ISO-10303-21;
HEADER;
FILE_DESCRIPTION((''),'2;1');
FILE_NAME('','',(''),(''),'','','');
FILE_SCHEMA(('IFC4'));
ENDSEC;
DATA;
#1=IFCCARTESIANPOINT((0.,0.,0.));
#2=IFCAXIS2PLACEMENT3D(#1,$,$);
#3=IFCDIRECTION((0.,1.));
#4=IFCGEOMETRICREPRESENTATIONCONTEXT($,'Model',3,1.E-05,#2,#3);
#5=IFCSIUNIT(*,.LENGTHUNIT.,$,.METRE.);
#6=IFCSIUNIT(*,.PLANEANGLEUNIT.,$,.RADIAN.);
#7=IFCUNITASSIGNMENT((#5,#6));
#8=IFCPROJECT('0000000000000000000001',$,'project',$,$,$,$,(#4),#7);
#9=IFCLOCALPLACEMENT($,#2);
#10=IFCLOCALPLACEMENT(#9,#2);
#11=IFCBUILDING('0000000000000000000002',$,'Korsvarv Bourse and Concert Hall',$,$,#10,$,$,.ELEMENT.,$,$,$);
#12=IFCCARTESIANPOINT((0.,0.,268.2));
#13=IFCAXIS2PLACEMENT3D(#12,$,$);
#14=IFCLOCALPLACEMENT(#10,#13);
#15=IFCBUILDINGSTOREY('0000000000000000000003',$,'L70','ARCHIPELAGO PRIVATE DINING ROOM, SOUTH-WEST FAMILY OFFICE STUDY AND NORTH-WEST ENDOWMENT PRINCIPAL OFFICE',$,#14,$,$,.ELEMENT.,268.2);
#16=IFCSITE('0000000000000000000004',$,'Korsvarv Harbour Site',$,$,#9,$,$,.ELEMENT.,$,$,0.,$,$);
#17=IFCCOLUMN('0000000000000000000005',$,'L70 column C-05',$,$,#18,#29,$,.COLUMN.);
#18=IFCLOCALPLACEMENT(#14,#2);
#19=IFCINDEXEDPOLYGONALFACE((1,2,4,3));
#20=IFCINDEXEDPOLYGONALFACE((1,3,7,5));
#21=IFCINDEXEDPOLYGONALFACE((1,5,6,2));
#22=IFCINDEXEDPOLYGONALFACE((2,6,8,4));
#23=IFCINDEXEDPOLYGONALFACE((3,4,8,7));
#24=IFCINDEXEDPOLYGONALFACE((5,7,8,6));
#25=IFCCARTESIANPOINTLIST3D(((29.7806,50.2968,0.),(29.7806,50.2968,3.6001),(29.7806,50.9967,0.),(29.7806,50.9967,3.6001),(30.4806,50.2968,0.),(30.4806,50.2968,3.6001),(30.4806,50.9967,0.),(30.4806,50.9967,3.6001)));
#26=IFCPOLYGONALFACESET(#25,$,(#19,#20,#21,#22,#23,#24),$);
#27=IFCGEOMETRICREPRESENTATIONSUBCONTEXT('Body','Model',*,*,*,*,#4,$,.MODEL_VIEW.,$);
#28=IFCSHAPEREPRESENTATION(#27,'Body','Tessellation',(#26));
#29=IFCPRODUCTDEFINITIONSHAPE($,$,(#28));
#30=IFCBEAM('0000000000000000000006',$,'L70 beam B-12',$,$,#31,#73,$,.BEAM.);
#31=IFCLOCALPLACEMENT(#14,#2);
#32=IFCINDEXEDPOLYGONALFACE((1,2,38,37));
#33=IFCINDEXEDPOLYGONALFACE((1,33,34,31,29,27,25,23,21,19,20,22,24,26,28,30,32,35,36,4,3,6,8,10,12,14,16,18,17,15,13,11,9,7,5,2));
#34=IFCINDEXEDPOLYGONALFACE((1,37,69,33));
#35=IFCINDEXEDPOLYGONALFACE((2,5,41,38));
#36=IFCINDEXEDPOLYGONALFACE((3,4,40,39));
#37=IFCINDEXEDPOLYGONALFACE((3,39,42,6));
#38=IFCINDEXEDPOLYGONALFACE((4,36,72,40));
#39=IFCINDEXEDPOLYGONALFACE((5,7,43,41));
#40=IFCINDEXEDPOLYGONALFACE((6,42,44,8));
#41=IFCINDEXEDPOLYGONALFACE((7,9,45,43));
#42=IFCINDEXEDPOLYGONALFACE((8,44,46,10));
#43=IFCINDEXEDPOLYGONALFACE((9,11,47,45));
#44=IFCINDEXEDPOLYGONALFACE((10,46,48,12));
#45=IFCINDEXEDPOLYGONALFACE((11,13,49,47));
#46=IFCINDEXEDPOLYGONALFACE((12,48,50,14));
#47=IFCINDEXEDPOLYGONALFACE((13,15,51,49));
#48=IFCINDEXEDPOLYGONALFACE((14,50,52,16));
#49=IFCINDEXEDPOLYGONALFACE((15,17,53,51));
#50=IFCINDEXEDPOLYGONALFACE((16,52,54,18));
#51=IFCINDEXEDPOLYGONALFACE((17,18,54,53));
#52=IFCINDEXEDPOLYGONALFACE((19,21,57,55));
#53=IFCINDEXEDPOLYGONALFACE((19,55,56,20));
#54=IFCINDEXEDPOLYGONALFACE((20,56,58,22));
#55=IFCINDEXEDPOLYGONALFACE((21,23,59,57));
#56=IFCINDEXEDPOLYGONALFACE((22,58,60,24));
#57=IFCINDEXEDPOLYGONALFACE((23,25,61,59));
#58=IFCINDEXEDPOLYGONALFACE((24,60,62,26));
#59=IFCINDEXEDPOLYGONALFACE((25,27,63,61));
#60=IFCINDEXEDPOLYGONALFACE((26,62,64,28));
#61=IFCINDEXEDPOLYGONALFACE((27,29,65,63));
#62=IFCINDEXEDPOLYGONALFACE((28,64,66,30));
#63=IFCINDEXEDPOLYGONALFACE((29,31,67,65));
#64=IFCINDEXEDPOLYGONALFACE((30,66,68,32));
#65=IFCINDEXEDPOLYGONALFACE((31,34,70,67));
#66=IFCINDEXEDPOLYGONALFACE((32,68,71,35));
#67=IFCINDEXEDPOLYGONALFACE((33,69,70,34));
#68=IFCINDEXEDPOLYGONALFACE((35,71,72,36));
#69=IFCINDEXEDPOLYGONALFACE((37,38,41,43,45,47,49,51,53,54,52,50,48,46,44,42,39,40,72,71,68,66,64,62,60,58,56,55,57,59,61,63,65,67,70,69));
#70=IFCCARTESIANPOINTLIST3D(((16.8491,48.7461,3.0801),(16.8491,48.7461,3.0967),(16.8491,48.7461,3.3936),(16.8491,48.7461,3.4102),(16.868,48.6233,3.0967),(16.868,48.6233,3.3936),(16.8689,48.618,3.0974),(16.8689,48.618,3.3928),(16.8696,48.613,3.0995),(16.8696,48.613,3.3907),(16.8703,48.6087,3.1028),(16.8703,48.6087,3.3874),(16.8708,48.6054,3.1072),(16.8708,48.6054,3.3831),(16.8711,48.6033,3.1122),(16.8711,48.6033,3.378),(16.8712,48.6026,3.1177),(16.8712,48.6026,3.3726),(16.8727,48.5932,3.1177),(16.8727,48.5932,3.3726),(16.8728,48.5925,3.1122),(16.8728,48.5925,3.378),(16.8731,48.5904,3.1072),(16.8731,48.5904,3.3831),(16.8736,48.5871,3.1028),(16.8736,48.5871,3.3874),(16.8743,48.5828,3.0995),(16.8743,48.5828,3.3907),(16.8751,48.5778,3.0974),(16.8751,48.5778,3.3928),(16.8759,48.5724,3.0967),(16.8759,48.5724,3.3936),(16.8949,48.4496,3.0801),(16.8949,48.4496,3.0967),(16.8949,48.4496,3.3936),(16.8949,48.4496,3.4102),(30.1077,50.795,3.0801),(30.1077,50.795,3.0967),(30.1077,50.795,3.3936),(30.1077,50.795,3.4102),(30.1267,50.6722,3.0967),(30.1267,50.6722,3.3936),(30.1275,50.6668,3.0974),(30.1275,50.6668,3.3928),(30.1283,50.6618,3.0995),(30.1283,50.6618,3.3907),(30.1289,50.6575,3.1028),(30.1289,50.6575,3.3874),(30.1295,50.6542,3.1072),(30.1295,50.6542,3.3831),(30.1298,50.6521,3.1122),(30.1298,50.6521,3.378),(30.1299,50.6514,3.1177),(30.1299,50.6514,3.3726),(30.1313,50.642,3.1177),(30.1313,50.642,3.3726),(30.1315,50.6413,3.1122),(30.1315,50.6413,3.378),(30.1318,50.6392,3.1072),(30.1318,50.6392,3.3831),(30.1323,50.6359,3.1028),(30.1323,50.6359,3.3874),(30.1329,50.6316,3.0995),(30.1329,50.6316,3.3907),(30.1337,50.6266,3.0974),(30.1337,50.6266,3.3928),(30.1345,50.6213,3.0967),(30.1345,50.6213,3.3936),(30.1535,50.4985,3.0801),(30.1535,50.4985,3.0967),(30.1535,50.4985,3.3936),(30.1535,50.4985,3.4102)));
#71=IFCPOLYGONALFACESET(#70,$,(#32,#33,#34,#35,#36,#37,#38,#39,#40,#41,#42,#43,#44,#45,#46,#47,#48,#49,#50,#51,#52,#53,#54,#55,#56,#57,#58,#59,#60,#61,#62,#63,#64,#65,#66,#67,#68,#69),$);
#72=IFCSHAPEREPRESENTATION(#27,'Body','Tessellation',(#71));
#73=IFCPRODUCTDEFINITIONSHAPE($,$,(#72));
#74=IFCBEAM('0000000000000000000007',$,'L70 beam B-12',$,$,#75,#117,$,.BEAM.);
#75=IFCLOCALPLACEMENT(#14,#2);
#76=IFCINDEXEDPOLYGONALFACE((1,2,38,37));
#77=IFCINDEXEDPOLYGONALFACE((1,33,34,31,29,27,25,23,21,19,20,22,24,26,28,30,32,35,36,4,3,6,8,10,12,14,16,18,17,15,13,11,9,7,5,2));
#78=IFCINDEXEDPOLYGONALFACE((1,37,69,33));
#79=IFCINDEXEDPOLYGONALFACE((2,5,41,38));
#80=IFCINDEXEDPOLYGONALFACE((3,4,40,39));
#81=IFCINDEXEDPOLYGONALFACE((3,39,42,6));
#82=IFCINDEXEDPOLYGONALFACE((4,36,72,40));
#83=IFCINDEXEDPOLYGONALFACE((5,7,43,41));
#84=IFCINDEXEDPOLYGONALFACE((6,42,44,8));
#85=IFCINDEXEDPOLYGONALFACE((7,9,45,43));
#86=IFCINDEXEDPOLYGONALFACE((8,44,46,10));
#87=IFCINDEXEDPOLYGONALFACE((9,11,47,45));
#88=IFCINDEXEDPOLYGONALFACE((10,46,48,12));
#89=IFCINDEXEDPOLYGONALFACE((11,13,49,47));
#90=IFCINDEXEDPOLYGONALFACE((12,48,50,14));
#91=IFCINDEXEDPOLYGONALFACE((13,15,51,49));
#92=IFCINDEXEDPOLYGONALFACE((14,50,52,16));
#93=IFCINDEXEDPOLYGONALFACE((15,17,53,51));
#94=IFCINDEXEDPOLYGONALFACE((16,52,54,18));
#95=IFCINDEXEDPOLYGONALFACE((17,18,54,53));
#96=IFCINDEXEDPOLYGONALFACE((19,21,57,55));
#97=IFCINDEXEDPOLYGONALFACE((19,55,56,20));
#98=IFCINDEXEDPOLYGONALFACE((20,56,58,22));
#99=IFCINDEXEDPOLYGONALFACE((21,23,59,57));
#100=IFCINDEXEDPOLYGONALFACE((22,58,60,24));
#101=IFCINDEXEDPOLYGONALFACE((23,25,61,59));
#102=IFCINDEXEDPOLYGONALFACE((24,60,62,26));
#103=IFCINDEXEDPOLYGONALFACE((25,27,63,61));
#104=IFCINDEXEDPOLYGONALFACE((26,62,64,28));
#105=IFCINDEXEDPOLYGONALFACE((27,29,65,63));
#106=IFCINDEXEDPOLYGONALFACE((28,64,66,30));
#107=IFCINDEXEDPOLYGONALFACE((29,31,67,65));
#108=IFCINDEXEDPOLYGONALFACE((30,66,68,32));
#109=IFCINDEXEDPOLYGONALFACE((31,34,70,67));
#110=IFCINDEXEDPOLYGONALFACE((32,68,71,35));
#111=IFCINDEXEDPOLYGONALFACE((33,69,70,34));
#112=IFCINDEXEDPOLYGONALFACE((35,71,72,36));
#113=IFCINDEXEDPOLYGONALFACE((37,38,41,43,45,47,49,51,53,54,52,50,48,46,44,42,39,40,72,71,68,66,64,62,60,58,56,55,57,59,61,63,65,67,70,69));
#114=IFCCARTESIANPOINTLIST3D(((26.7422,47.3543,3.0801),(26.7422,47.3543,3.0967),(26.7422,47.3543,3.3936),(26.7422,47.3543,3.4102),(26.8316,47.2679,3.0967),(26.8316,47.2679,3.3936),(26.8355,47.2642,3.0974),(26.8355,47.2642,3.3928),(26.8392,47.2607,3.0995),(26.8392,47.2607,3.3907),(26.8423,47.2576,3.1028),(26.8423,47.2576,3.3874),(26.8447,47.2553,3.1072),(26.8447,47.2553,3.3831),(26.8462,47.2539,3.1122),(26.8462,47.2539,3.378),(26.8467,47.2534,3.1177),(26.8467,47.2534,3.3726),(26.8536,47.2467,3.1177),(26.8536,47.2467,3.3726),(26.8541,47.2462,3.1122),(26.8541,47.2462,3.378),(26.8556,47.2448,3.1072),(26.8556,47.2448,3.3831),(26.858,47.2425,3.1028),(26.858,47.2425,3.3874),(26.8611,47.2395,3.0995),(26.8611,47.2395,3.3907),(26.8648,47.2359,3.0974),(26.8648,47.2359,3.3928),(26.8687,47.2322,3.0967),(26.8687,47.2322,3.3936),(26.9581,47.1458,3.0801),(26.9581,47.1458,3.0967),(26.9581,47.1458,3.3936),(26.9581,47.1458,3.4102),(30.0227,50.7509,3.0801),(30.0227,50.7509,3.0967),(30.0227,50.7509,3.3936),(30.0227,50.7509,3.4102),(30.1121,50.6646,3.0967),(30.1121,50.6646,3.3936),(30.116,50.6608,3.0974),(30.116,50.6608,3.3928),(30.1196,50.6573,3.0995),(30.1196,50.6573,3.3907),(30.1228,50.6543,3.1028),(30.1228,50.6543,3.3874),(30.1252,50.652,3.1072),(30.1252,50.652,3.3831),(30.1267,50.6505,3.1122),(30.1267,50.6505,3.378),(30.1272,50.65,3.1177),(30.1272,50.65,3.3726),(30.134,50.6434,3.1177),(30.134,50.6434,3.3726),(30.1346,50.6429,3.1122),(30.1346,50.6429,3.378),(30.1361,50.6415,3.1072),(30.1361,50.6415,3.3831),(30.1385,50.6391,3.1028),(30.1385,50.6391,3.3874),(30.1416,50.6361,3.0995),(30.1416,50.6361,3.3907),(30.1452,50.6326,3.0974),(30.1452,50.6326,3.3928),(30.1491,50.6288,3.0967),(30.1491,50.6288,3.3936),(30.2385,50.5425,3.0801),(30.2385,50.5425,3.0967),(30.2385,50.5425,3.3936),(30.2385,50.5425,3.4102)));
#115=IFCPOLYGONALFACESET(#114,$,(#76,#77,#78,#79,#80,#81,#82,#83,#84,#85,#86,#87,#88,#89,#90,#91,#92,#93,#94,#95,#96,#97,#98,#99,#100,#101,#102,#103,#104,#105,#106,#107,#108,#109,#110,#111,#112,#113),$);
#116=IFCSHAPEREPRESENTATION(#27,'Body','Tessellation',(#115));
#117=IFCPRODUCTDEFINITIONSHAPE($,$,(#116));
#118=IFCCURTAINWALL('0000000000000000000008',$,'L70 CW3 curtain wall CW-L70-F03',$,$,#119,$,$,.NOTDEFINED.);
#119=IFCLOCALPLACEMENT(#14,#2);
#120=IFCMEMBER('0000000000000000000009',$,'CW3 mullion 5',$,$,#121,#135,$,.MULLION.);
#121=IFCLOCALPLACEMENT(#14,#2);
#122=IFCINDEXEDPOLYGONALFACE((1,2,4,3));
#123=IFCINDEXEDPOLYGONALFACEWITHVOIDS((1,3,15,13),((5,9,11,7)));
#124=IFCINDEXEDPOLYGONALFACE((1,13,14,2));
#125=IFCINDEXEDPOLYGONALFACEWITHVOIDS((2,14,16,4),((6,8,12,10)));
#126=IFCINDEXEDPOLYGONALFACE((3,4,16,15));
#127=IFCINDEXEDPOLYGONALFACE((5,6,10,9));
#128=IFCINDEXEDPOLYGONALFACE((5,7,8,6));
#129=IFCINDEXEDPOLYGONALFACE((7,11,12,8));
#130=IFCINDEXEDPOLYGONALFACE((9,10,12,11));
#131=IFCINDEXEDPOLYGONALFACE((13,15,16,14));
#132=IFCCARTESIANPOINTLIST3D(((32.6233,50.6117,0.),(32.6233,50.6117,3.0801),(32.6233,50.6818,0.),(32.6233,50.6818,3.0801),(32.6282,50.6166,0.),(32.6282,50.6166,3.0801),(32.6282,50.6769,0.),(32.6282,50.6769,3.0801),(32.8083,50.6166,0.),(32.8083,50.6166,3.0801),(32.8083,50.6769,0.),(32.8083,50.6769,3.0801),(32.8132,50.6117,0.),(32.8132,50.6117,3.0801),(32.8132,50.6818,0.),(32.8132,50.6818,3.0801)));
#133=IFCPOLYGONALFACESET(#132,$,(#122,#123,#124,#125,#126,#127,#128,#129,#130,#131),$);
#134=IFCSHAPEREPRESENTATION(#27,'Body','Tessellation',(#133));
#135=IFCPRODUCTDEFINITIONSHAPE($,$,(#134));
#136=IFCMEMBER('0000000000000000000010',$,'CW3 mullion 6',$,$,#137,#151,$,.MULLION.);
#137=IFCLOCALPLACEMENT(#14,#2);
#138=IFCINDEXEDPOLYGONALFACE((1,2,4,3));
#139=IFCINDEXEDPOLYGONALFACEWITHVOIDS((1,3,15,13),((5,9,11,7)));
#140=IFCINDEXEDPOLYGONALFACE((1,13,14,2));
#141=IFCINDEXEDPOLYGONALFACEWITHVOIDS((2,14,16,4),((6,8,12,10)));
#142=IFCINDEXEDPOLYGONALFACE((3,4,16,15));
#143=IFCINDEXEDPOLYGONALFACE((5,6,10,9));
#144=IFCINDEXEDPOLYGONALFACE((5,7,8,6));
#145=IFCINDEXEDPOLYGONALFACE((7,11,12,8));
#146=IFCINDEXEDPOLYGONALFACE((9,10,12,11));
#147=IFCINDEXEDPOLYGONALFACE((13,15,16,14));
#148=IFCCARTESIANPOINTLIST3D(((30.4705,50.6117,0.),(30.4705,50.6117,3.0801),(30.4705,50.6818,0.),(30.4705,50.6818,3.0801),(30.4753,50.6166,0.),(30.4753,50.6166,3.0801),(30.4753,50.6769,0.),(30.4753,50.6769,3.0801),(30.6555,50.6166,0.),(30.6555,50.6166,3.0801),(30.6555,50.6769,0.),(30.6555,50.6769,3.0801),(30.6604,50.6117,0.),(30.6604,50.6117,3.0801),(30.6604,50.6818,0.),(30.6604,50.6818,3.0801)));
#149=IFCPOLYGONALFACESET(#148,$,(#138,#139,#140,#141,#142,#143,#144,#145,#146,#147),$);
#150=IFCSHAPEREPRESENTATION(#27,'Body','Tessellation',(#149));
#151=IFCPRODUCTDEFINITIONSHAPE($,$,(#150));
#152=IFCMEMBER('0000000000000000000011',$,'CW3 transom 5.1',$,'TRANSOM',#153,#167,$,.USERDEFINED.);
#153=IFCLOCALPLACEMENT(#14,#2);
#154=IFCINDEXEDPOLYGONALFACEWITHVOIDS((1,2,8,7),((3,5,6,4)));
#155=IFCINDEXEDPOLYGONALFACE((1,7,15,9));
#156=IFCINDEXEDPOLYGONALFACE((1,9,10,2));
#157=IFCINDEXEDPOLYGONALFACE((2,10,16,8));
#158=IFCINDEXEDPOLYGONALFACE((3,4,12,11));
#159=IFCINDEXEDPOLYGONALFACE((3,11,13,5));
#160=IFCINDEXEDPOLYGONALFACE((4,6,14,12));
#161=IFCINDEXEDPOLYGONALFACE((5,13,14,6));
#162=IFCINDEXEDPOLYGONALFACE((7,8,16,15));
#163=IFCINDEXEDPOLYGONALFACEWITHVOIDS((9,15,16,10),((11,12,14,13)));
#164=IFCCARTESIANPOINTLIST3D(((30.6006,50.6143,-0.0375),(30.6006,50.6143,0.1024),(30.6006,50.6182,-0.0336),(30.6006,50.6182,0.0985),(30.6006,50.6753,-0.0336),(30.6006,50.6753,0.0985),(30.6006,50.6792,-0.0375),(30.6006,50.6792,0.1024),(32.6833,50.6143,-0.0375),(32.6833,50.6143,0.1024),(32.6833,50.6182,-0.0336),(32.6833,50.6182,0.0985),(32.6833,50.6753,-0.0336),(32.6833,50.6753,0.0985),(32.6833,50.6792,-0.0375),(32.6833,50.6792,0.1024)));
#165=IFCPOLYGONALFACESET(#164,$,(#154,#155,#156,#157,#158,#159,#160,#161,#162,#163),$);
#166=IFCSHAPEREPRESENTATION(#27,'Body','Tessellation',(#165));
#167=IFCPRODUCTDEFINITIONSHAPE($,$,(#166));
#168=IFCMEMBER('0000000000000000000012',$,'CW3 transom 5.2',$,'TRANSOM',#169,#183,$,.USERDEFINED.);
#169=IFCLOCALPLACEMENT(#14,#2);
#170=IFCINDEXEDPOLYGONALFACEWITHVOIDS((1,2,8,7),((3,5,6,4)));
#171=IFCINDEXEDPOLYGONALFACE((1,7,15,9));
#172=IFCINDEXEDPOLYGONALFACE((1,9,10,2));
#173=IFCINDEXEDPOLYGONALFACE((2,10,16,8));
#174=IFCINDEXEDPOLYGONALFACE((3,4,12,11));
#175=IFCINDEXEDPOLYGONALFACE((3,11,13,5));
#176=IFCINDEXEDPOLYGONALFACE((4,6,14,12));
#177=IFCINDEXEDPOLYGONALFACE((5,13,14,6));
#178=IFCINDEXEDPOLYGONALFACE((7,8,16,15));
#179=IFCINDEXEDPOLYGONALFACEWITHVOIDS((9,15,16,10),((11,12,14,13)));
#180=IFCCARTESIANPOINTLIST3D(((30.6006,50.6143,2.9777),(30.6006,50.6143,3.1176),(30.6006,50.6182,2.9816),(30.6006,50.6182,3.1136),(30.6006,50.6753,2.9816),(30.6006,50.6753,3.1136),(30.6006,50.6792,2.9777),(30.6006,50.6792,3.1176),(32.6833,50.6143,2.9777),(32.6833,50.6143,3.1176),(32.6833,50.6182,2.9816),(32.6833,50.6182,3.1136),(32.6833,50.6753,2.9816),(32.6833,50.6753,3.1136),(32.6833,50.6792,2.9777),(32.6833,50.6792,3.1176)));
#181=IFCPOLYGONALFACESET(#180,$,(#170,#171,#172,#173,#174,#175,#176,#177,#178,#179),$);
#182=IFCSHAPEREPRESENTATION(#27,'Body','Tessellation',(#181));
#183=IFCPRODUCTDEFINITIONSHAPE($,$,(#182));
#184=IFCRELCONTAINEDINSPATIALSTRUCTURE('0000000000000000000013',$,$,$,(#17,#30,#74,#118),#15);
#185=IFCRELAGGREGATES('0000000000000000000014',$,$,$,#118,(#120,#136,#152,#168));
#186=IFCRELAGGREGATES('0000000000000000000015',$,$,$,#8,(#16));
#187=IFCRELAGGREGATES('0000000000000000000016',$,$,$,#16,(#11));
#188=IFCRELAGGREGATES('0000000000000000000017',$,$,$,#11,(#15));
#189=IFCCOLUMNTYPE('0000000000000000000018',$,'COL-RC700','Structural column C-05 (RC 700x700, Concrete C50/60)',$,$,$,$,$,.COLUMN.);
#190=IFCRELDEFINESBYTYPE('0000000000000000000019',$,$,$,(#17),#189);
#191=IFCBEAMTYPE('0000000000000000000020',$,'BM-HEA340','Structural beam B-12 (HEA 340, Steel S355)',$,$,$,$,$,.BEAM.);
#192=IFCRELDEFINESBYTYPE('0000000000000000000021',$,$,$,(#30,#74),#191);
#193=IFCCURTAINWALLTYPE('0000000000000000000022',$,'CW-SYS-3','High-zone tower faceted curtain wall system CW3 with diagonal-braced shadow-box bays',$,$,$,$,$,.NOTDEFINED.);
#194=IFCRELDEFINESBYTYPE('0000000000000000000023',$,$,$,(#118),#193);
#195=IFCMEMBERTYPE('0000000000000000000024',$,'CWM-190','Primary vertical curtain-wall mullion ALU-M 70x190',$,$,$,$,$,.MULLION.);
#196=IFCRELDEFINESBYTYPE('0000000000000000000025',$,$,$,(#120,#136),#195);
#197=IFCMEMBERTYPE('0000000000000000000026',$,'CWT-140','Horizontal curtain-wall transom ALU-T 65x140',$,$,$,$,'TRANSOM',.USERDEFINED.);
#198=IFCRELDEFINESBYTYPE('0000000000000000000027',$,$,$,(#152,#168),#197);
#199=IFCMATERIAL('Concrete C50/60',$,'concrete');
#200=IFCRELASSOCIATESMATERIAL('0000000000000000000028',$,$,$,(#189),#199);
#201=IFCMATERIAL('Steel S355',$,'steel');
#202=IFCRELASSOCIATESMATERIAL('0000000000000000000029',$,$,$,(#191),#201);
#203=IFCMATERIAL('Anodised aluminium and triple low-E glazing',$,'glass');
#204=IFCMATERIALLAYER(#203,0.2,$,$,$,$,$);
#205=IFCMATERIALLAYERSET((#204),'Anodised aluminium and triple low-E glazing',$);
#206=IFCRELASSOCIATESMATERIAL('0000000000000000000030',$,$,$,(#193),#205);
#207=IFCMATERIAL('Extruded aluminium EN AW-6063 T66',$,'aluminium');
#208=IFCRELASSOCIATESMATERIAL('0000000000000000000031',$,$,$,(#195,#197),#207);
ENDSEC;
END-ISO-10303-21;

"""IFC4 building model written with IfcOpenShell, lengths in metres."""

from ifc_helpers import new_model, si_unit, direction, frame, origin, origin_2d, place, context, subcontext, project, spatial, rectangle, hollow_rectangle, i_section, extrude, source, transform, mapped, material, layer, layer_set, material_profile, profile_set, type_object, element, aggregate, save


model = new_model("IFC4")

# Units and contexts
model_context = context("Model", 3, precision=1e-05, world=origin(), true_north=direction((0.0, 1.0)))
body_context = subcontext(model_context, "Body", "Model", "MODEL_VIEW")
ifc_project = project(units=[si_unit("LENGTHUNIT", "METRE"), si_unit("PLANEANGLEUNIT", "RADIAN")], contexts=[model_context])

# Site, building, storey
site_placement = place(None, origin())
site = spatial("IfcSite", under=ifc_project, at=site_placement, Name="Korsvarv Harbour Site", CompositionType="ELEMENT", RefElevation=0.0)
building_placement = place(site_placement, origin())
building = spatial("IfcBuilding", under=site, at=building_placement, Name="Korsvarv Bourse and Concert Hall", CompositionType="ELEMENT")
storey_placement = place(building_placement, frame((0.0, 0.0, 268.2)))
storey = spatial("IfcBuildingStorey", under=building, at=storey_placement, Name="L70", Description="ARCHIPELAGO PRIVATE DINING ROOM, SOUTH-WEST FAMILY OFFICE STUDY AND NORTH-WEST ENDOWMENT PRINCIPAL OFFICE", CompositionType="ELEMENT", Elevation=268.2)

# Column
ifc_material_1 = material(Name="Concrete C50/60", Category="concrete")
ifc_material_profile_1 = material_profile(ifc_material_1, rectangle(XDim=0.7, YDim=0.7, at=origin_2d()), Name="RC 700x700")
ifc_profile_set_1 = profile_set([ifc_material_profile_1], Name="Concrete C50/60")
column_type = type_object("IfcColumnType", Name="COL-RC700", Description="Structural column C-05 (RC 700x700, Concrete C50/60)", PredefinedType="COLUMN", material=ifc_profile_set_1)
shared_shape_1 = source(origin(), body_context, "Body", "SweptSolid", [
    extrude(rectangle(XDim=0.7, YDim=0.7, at=origin_2d()), origin(), (0.0, 0.0, 1.0), 3.6001),
])
column_placement = place(storey_placement, frame((30.1306, 50.6467, 0.0), z_axis=(0.0, 0.0, 1.0), x_axis=(1.0, 0.0, 0.0)))
element("IfcColumn", 1, at=column_placement, inside=storey, type_object=column_type, Name="L70 column C-05", PredefinedType="COLUMN", context=body_context, shape_type="MappedRepresentation", body=[
    mapped(shared_shape_1, transform((0.0, 0.0, 0.0), scale=1.0)),
])

# Beams
ifc_material_2 = material(Name="Steel S355", Category="steel")
ifc_material_profile_2 = material_profile(ifc_material_2, i_section(OverallWidth=0.3, OverallDepth=0.3301, WebThickness=0.0095, FlangeThickness=0.0166, FilletRadius=0.021, at=origin_2d()), Name="HEA 340")
ifc_profile_set_2 = profile_set([ifc_material_profile_2], Name="Steel S355")
beam_type = type_object("IfcBeamType", Name="BM-HEA340", Description="Structural beam B-12 (HEA 340, Steel S355)", PredefinedType="BEAM", material=ifc_profile_set_2)
shared_shape_2 = source(origin(), body_context, "Body", "SweptSolid", [
    extrude(i_section(OverallWidth=0.3, OverallDepth=0.3301, WebThickness=0.0095, FlangeThickness=0.0166, FilletRadius=0.021, at=origin_2d()), origin(), (0.0, 0.0, 1.0), 13.416),
])
beam_1_placement = place(storey_placement, frame((30.1306, 50.6467, 3.2451), z_axis=(-0.98827, -0.152716, 0.0), x_axis=(0.152716, -0.98827, 0.0)))
element("IfcBeam", 2, at=beam_1_placement, inside=storey, type_object=beam_type, Name="L70 beam B-12", PredefinedType="BEAM", context=body_context, shape_type="MappedRepresentation", body=[
    mapped(shared_shape_2, transform((0.0, 0.0, 0.0), scale=1.0)),
])
shared_shape_3 = source(origin(), body_context, "Body", "SweptSolid", [
    extrude(i_section(OverallWidth=0.3, OverallDepth=0.3301, WebThickness=0.0095, FlangeThickness=0.0166, FilletRadius=0.021, at=origin_2d()), origin(), (0.0, 0.0, 1.0), 4.7222),
])
beam_2_placement = place(storey_placement, frame((30.1306, 50.6467, 3.2451), z_axis=(-0.694695, -0.719304, 0.0), x_axis=(0.719304, -0.694695, 0.0)))
element("IfcBeam", 3, at=beam_2_placement, inside=storey, type_object=beam_type, Name="L70 beam B-12", PredefinedType="BEAM", context=body_context, shape_type="MappedRepresentation", body=[
    mapped(shared_shape_3, transform((0.0, 0.0, 0.0), scale=1.0)),
])

# Curtain wall, members
ifc_material_3 = material(Name="Anodised aluminium and triple low-E glazing", Category="glass")
ifc_layer_1 = layer(ifc_material_3, 0.2)
ifc_layer_set_1 = layer_set([ifc_layer_1], Name="Anodised aluminium and triple low-E glazing")
curtain_wall_type = type_object("IfcCurtainWallType", Name="CW-SYS-3", Description="High-zone tower faceted curtain wall system CW3 with diagonal-braced shadow-box bays", PredefinedType="NOTDEFINED", material=ifc_layer_set_1)
curtain_wall_placement = place(storey_placement, origin())
curtain_wall = element("IfcCurtainWall", 4, at=curtain_wall_placement, inside=storey, type_object=curtain_wall_type, Name="L70 CW3 curtain wall CW-L70-F03", PredefinedType="NOTDEFINED")
ifc_material_4 = material(Name="Extruded aluminium EN AW-6063 T66", Category="aluminium")
ifc_material_profile_3 = material_profile(ifc_material_4, hollow_rectangle(XDim=0.0701, YDim=0.1899, WallThickness=0.0049, at=origin_2d()), Name="ALU-M 70x190")
ifc_profile_set_3 = profile_set([ifc_material_profile_3], Name="Extruded aluminium EN AW-6063 T66")
member_type_1 = type_object("IfcMemberType", Name="CWM-190", Description="Primary vertical curtain-wall mullion ALU-M 70x190", PredefinedType="MULLION", material=ifc_profile_set_3)
shared_shape_4 = source(origin(), body_context, "Body", "SweptSolid", [
    extrude(hollow_rectangle(XDim=0.0701, YDim=0.1899, WallThickness=0.0049, at=origin_2d()), origin(), (0.0, 0.0, 1.0), 3.0801),
])
member_1_placement = place(storey_placement, frame((32.7183, 50.6467, 0.0), z_axis=(0.0, 0.0, 1.0), x_axis=(0.0, -1.0, 0.0)))
member_1 = element("IfcMember", 5, at=member_1_placement, type_object=member_type_1, Name="CW3 mullion 5", PredefinedType="MULLION", context=body_context, shape_type="MappedRepresentation", body=[
    mapped(shared_shape_4, transform((0.0, 0.0, 0.0), scale=1.0)),
])
member_2_placement = place(storey_placement, frame((30.5654, 50.6467, 0.0), z_axis=(0.0, 0.0, 1.0), x_axis=(0.0, -1.0, 0.0)))
member_2 = element("IfcMember", 6, at=member_2_placement, type_object=member_type_1, Name="CW3 mullion 6", PredefinedType="MULLION", context=body_context, shape_type="MappedRepresentation", body=[
    mapped(shared_shape_4, transform((0.0, 0.0, 0.0), scale=1.0)),
])
ifc_material_profile_4 = material_profile(ifc_material_4, hollow_rectangle(XDim=0.0649, YDim=0.1399, WallThickness=0.0039, at=origin_2d()), Name="ALU-T 65x140")
ifc_profile_set_4 = profile_set([ifc_material_profile_4], Name="Extruded aluminium EN AW-6063 T66")
member_type_2 = type_object("IfcMemberType", Name="CWT-140", Description="Horizontal curtain-wall transom ALU-T 65x140", ElementType="TRANSOM", PredefinedType="USERDEFINED", material=ifc_profile_set_4)
shared_shape_5 = source(origin(), body_context, "Body", "SweptSolid", [
    extrude(hollow_rectangle(XDim=0.0649, YDim=0.1399, WallThickness=0.0039, at=origin_2d()), origin(), (0.0, 0.0, 1.0), 2.0828),
])
member_3_placement = place(storey_placement, frame((32.6833, 50.6467, 0.0325), z_axis=(-1.0, 0.0, 0.0), x_axis=(0.0, -1.0, 0.0)))
member_3 = element("IfcMember", 7, at=member_3_placement, type_object=member_type_2, Name="CW3 transom 5.1", ObjectType="TRANSOM", PredefinedType="USERDEFINED", context=body_context, shape_type="MappedRepresentation", body=[
    mapped(shared_shape_5, transform((0.0, 0.0, 0.0), scale=1.0)),
])
member_4_placement = place(storey_placement, frame((32.6833, 50.6467, 3.0476), z_axis=(-1.0, 0.0, 0.0), x_axis=(0.0, -1.0, 0.0)))
member_4 = element("IfcMember", 8, at=member_4_placement, type_object=member_type_2, Name="CW3 transom 5.2", ObjectType="TRANSOM", PredefinedType="USERDEFINED", context=body_context, shape_type="MappedRepresentation", body=[
    mapped(shared_shape_5, transform((0.0, 0.0, 0.0), scale=1.0)),
])
aggregate(curtain_wall, [member_1, member_2, member_3, member_4])

save(model, "model.ifc")
